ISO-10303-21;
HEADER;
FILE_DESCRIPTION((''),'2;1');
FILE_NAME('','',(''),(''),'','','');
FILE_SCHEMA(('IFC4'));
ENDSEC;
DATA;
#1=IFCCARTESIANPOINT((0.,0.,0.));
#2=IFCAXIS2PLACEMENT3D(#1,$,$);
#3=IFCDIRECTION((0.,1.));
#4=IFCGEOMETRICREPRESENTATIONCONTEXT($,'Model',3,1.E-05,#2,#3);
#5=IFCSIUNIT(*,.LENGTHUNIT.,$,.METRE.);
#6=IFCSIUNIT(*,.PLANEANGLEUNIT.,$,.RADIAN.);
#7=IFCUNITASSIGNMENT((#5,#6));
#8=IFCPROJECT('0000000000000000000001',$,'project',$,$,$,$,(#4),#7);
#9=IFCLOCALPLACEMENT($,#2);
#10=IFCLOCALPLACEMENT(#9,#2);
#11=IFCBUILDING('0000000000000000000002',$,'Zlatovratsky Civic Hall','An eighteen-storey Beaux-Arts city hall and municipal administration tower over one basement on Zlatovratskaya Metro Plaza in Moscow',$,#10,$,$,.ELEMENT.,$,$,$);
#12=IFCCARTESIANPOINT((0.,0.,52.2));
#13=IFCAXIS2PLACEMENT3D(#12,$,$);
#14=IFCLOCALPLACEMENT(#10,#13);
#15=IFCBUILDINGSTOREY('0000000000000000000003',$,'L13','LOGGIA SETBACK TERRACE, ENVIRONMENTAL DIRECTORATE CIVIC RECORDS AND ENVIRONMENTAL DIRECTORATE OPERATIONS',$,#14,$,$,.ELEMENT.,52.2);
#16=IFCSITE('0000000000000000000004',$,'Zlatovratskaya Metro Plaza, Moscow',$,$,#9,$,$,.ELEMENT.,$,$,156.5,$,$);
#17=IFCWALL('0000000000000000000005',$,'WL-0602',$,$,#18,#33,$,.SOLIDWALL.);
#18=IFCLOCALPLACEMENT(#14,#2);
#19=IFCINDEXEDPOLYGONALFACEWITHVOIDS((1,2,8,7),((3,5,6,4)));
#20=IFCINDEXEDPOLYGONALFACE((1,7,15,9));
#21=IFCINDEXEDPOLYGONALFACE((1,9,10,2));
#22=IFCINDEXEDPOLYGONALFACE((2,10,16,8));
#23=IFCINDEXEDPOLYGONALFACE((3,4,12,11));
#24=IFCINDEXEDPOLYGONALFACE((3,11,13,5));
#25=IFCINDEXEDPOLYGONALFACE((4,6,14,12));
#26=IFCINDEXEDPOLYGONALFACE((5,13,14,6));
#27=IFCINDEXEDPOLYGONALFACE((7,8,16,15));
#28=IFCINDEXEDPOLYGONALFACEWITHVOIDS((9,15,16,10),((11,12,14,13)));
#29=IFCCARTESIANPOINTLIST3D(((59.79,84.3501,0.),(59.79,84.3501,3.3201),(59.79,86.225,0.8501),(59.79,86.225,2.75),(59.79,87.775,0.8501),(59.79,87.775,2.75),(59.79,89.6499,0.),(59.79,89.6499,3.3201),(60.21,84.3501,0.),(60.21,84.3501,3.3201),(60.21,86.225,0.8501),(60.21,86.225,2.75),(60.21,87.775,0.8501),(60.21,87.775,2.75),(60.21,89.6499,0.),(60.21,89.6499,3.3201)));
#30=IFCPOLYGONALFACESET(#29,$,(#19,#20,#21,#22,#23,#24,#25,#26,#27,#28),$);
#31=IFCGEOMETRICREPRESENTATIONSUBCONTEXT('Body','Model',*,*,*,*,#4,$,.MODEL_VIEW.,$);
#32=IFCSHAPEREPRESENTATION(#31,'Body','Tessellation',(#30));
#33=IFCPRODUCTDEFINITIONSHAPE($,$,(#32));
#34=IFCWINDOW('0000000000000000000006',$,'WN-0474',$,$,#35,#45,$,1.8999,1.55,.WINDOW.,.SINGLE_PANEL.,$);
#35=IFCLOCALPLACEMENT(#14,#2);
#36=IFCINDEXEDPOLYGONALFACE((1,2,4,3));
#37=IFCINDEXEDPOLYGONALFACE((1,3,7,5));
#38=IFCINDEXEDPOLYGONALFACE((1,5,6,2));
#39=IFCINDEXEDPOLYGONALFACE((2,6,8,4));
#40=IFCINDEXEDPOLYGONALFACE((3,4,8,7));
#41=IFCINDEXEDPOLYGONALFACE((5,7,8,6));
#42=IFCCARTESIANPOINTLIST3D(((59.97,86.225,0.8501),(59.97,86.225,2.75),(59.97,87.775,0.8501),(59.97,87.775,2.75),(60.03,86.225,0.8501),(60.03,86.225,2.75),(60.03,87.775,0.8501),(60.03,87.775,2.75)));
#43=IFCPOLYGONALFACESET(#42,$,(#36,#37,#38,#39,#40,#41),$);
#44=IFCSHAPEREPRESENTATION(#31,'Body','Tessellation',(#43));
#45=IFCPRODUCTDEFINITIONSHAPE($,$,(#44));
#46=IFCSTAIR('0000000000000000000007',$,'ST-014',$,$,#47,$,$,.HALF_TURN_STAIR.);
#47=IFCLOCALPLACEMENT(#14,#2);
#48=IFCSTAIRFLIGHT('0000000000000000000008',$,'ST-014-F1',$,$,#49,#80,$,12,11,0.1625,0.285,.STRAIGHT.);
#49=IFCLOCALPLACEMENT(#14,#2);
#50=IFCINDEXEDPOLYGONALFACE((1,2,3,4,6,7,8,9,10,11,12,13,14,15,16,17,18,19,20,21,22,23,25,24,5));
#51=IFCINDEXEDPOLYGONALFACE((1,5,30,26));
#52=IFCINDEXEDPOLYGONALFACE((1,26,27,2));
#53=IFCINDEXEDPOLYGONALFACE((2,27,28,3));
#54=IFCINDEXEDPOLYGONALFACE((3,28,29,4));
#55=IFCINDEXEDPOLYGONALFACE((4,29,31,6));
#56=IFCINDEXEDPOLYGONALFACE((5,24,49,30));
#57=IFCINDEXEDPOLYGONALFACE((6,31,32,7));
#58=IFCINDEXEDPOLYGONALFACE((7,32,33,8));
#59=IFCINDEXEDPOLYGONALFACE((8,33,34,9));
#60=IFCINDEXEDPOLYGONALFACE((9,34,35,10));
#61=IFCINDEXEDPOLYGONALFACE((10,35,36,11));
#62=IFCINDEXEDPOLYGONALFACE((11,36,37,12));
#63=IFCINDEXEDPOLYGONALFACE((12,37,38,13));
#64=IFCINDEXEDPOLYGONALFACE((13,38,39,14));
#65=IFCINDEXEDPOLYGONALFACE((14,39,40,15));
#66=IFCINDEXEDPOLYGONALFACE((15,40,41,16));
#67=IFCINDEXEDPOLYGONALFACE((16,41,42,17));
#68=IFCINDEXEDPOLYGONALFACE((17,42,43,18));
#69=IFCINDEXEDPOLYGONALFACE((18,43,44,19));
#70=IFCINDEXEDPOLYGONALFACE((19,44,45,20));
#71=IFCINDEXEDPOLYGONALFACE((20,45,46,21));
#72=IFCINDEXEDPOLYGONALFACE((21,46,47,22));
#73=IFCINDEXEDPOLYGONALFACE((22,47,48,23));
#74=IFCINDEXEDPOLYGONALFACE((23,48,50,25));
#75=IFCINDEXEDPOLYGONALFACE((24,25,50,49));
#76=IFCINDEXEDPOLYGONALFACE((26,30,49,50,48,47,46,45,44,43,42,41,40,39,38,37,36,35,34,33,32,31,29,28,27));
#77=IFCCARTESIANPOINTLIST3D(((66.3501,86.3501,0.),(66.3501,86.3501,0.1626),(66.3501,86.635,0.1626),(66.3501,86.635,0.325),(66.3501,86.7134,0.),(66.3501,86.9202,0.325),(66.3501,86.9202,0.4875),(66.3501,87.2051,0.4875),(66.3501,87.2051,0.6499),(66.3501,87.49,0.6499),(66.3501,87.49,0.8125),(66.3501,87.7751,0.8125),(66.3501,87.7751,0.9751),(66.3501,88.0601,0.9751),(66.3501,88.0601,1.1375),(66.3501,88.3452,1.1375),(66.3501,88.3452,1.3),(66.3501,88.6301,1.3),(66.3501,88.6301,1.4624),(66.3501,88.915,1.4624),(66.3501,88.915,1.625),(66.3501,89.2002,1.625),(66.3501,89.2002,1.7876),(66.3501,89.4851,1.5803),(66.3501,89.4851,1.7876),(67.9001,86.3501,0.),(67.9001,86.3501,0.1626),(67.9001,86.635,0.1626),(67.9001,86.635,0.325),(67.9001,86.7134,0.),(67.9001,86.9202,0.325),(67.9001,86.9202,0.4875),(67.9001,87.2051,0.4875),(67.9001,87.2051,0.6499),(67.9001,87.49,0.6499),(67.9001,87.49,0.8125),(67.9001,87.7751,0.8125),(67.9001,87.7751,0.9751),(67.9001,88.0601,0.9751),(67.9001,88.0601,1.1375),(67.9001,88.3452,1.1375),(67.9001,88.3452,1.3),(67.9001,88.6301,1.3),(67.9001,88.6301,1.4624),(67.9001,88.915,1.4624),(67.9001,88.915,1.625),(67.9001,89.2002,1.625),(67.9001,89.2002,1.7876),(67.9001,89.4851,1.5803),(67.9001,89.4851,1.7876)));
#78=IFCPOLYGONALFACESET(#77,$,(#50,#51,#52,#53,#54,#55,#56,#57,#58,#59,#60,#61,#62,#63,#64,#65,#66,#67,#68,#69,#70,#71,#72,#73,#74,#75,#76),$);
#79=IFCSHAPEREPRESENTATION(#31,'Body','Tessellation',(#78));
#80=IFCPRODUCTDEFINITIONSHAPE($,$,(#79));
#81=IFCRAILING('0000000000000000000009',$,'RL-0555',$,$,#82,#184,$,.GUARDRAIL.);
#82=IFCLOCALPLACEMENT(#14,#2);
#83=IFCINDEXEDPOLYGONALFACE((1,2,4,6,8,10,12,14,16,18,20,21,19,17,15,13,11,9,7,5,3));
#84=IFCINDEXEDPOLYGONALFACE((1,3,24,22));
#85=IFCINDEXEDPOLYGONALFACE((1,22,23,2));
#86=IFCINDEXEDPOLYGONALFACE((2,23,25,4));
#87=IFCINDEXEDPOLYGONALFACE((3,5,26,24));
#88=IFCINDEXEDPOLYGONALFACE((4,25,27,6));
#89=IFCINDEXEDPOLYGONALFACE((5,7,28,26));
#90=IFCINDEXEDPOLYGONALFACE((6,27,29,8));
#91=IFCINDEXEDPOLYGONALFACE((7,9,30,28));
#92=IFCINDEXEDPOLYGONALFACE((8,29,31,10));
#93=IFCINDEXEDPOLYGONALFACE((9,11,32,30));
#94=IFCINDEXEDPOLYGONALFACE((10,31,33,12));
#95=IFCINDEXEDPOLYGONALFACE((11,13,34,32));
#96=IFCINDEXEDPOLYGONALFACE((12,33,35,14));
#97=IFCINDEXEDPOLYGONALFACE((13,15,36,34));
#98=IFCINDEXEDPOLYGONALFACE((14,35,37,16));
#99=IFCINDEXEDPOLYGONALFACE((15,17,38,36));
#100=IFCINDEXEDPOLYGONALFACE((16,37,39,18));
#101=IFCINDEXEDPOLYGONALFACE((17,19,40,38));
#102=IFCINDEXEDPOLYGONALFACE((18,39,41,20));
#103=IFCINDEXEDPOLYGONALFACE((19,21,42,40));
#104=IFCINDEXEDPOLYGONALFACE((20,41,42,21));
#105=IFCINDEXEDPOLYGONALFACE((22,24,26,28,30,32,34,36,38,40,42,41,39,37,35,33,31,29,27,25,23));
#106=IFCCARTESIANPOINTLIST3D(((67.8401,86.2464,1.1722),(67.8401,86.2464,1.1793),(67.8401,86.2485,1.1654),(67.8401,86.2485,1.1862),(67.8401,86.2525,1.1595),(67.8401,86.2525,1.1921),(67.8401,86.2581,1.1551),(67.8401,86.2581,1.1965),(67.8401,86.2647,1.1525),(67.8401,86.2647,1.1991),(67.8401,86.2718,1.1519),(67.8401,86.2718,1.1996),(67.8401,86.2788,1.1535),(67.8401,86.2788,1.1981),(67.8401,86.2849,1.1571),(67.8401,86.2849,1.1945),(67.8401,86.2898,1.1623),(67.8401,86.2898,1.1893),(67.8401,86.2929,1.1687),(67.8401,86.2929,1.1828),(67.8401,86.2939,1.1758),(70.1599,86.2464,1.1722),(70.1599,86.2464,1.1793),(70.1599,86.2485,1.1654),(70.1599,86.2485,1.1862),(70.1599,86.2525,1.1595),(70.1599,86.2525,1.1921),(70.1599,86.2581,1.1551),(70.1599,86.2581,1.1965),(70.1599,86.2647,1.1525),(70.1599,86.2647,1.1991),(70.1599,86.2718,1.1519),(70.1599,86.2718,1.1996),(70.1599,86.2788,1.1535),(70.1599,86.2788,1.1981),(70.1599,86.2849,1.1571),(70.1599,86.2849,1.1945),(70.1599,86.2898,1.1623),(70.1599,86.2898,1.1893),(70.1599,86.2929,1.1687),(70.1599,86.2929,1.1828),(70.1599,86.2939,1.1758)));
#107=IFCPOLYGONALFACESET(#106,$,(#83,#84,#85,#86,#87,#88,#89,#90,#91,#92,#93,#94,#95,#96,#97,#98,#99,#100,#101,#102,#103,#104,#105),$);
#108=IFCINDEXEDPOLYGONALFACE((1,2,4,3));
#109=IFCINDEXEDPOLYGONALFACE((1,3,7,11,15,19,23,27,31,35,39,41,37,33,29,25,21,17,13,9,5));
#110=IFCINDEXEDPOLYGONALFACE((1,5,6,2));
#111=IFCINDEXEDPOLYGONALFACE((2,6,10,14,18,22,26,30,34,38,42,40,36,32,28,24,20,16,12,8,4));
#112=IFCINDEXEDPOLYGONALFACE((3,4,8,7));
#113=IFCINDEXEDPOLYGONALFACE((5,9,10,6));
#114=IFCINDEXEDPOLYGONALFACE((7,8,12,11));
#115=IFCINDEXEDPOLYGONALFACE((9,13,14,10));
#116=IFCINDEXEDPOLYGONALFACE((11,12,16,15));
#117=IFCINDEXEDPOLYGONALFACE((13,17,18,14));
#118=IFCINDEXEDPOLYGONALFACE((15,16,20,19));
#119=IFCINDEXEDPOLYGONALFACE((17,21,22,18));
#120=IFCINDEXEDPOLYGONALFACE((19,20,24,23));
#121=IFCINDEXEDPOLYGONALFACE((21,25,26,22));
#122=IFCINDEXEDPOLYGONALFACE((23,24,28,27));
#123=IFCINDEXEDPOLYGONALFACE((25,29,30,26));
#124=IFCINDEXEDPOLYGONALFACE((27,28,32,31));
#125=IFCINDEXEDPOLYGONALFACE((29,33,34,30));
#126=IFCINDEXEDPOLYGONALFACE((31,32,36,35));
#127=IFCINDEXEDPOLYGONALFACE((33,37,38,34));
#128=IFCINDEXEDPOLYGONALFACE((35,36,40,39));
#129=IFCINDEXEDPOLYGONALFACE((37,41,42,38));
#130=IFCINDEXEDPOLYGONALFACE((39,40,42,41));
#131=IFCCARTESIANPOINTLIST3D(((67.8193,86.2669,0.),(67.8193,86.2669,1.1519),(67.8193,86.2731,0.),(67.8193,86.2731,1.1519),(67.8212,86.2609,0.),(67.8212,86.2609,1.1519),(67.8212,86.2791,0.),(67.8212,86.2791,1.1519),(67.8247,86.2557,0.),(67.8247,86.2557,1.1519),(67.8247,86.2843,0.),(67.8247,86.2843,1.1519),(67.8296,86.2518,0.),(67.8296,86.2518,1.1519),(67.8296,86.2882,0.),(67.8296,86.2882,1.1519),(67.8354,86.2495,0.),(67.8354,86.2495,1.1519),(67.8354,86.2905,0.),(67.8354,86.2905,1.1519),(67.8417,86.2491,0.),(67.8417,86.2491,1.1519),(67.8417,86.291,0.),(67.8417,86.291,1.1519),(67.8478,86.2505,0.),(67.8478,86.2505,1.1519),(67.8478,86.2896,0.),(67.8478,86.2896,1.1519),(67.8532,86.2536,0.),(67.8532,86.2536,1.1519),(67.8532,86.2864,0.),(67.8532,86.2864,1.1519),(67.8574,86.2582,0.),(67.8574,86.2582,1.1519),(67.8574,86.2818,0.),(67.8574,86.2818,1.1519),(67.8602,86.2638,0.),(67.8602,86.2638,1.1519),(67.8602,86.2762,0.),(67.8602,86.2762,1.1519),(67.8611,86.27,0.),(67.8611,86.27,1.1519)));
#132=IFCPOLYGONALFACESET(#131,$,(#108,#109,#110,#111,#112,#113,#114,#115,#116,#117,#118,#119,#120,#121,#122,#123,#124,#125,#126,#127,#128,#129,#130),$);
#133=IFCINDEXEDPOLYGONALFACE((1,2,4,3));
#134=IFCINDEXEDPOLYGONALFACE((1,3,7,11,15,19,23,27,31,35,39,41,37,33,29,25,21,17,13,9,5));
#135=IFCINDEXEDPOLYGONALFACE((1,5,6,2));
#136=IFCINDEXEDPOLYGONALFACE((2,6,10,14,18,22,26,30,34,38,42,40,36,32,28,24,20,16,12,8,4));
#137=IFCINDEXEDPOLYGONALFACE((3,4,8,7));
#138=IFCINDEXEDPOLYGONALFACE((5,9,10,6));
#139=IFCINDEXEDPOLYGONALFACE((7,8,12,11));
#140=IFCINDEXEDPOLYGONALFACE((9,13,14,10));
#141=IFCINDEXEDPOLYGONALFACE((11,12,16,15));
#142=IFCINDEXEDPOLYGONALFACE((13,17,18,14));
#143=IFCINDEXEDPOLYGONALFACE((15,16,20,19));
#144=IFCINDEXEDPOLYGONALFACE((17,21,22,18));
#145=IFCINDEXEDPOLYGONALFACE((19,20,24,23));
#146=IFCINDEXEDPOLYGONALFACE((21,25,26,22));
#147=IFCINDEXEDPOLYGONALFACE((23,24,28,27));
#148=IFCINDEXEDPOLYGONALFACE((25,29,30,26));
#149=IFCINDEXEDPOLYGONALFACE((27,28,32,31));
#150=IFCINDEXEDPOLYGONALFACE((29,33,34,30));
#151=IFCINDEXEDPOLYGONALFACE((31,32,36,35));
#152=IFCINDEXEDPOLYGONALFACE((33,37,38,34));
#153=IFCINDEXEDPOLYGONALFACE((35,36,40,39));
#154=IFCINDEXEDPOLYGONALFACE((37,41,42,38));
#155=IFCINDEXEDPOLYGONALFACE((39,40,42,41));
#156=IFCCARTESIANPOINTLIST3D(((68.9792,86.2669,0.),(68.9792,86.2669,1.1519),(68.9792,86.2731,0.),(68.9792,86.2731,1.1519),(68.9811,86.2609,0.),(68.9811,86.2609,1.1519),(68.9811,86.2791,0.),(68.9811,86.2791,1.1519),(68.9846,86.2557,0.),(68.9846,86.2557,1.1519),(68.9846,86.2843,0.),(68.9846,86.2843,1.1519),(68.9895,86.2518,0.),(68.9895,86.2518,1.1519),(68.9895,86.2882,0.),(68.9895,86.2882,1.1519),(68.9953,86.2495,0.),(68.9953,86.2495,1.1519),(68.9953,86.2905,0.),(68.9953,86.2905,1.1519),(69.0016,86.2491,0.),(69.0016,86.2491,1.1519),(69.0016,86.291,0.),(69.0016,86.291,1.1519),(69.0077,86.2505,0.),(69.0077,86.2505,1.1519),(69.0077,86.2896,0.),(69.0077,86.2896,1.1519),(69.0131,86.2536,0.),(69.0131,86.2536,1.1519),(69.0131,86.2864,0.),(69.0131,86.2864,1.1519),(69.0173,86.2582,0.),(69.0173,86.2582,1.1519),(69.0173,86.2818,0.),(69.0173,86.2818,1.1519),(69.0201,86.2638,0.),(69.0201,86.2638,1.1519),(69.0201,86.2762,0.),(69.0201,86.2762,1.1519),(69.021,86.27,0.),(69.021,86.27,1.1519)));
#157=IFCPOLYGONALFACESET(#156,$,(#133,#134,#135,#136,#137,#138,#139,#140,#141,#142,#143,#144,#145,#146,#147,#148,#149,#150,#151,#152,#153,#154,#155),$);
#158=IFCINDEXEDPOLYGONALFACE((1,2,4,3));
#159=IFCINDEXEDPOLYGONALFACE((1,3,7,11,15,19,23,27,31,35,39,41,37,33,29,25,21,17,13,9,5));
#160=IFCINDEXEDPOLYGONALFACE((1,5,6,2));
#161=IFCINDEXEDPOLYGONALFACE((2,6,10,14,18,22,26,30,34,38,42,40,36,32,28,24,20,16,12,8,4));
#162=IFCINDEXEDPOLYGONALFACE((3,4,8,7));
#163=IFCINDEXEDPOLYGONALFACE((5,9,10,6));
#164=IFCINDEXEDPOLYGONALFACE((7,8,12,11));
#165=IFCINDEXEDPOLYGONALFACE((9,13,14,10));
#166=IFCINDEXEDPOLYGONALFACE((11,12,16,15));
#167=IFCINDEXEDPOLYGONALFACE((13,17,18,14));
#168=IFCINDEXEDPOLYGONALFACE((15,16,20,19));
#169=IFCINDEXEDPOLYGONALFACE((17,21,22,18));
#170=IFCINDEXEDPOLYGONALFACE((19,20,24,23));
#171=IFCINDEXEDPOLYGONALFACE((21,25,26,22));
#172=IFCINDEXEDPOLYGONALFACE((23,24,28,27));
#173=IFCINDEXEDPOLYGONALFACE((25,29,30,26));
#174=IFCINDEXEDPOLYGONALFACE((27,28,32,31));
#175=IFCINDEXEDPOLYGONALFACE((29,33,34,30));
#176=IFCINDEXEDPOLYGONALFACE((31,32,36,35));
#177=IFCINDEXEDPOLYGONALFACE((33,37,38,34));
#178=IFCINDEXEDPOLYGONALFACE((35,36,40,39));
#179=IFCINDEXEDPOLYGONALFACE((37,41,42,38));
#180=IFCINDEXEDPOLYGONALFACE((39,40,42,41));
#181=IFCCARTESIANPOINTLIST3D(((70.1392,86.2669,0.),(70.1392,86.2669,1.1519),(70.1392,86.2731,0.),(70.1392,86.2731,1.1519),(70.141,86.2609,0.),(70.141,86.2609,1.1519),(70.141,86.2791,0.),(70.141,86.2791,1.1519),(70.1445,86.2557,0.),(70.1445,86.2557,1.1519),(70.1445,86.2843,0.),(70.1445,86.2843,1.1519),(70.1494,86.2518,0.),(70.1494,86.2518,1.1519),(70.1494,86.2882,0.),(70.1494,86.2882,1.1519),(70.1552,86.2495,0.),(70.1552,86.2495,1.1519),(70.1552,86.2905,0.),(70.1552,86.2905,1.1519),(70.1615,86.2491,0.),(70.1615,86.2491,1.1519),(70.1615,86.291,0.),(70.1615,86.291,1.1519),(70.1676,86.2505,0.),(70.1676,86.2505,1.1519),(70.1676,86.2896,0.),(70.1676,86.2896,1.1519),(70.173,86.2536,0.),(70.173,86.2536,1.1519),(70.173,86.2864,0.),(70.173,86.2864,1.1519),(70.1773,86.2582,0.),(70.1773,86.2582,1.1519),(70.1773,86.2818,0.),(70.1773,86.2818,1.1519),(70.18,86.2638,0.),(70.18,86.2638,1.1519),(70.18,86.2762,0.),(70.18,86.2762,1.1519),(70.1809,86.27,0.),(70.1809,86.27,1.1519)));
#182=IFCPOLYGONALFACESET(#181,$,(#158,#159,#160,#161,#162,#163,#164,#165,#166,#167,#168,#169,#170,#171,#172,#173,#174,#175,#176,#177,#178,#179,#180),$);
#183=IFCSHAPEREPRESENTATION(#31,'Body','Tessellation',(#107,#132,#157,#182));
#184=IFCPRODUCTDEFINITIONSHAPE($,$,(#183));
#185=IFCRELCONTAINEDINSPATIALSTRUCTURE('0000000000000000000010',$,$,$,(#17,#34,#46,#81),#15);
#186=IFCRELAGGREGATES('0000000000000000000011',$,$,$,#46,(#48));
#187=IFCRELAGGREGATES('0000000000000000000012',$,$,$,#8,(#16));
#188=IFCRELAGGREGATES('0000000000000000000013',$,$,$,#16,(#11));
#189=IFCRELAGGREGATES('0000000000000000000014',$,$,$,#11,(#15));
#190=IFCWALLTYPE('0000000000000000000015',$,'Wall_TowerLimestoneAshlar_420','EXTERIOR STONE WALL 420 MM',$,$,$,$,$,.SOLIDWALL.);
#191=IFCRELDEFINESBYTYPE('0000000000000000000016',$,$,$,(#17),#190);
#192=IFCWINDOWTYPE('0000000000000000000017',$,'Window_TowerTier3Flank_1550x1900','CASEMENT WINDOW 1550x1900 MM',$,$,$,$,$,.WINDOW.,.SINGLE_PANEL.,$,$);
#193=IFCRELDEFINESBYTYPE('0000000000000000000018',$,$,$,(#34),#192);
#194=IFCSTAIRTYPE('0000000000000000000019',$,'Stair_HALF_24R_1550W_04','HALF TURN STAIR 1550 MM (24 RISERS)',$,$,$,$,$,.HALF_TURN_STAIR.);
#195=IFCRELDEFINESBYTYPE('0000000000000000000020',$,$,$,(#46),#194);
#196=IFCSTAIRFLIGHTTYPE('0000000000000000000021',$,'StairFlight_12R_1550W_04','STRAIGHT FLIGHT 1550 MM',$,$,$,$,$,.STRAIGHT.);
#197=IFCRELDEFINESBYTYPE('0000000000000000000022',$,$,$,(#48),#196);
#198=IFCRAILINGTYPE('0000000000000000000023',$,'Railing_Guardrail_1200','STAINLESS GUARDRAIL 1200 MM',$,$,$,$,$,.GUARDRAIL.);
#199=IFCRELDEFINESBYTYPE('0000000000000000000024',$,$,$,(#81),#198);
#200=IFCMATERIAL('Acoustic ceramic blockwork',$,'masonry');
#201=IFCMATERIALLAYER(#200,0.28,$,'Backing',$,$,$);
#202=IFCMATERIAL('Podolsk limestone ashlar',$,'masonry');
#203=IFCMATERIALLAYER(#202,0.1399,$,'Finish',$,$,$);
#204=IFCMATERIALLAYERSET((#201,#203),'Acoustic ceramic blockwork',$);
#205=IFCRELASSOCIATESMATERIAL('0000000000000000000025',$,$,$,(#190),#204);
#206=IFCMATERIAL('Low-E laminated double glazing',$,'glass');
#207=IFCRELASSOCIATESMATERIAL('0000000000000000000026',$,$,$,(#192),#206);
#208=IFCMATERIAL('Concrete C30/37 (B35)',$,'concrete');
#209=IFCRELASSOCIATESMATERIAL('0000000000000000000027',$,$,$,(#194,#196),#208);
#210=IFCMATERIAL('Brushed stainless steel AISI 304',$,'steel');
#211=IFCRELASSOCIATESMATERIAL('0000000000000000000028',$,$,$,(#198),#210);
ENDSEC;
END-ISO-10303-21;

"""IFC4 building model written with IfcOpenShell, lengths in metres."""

from ifc_helpers import new_model, si_unit, direction, frame, frame_2d, origin, origin_2d, place, context, subcontext, project, spatial, polyline, rectangle, circle, outline, extrude, material, layer, layer_set, type_object, element, fill, aggregate, save


model = new_model("IFC4")

# Units and contexts
model_context = context("Model", 3, precision=1e-05, world=origin(), true_north=direction((0.0, 1.0)))
body_context = subcontext(model_context, "Body", "Model", "MODEL_VIEW")
ifc_project = project(units=[si_unit("LENGTHUNIT", "METRE"), si_unit("PLANEANGLEUNIT", "RADIAN")], contexts=[model_context])

# Site, building, storey
site_placement = place(None, origin())
site = spatial("IfcSite", under=ifc_project, at=site_placement, Name="Zlatovratskaya Metro Plaza, Moscow", CompositionType="ELEMENT", RefElevation=156.5)
building_placement = place(site_placement, origin())
building = spatial("IfcBuilding", under=site, at=building_placement, Name="Zlatovratsky Civic Hall", Description="An eighteen-storey Beaux-Arts city hall and municipal administration tower over one basement on Zlatovratskaya Metro Plaza in Moscow", CompositionType="ELEMENT")
storey_placement = place(building_placement, frame((0.0, 0.0, 52.2)))
storey = spatial("IfcBuildingStorey", under=building, at=storey_placement, Name="L13", Description="LOGGIA SETBACK TERRACE, ENVIRONMENTAL DIRECTORATE CIVIC RECORDS AND ENVIRONMENTAL DIRECTORATE OPERATIONS", CompositionType="ELEMENT", Elevation=52.2)

# Shared definitions
ifc_material_1 = material(Name="Acoustic ceramic blockwork", Category="masonry")

# Wall, opening, window
ifc_layer_1 = layer(ifc_material_1, 0.28, Name="Backing")
ifc_material_2 = material(Name="Podolsk limestone ashlar", Category="masonry")
ifc_layer_2 = layer(ifc_material_2, 0.1399, Name="Finish")
ifc_layer_set_1 = layer_set([ifc_layer_1, ifc_layer_2], Name="Acoustic ceramic blockwork")
wall_type_1 = type_object("IfcWallType", Name="Wall_TowerLimestoneAshlar_420", Description="EXTERIOR STONE WALL 420 MM", PredefinedType="SOLIDWALL", material=ifc_layer_set_1)
wall_1_placement = place(storey_placement, frame((60.0, 84.3501, 0.0), z_axis=(0.0, 0.0, 1.0), x_axis=(0.0, 1.0, 0.0)))
wall_1 = element("IfcWall", 1, at=wall_1_placement, inside=storey, type_object=wall_type_1, Name="WL-0602", PredefinedType="SOLIDWALL", context=body_context, shape_type="SweptSolid", body=[
    extrude(rectangle(XDim=5.2998, YDim=0.4199, at=frame_2d((2.6499, 0.0))), origin(), (0.0, 0.0, 1.0), 3.3201),
])
opening_1_placement = place(wall_1_placement, frame((1.875, 0.0, 0.8501)))
opening_1 = element("IfcOpeningElement", 2, at=opening_1_placement, cuts=wall_1, PredefinedType="OPENING", context=body_context, shape_type="SweptSolid", body=[
    extrude(rectangle(XDim=1.55, YDim=1.8999, at=frame_2d((0.7749, 0.95))), frame((0.0, 0.2249, 0.0), z_axis=(0.0, -1.0, 0.0), x_axis=(1.0, 0.0, 0.0)), (0.0, 0.0, 1.0), 0.4497),
])
ifc_material_3 = material(Name="Low-E laminated double glazing", Category="glass")
window_type = type_object("IfcWindowType", Name="Window_TowerTier3Flank_1550x1900", Description="CASEMENT WINDOW 1550x1900 MM", PartitioningType="SINGLE_PANEL", PredefinedType="WINDOW", material=ifc_material_3)
window_placement = place(opening_1_placement, origin())
window = element("IfcWindow", 3, at=window_placement, inside=storey, type_object=window_type, Name="WN-0474", OverallHeight=1.8999, OverallWidth=1.55, PartitioningType="SINGLE_PANEL", PredefinedType="WINDOW", context=body_context, shape_type="SweptSolid", body=[
    extrude(rectangle(XDim=1.55, YDim=1.8999, at=frame_2d((0.7749, 0.95))), frame((0.0, 0.03, 0.0), z_axis=(0.0, -1.0, 0.0), x_axis=(1.0, 0.0, 0.0)), (0.0, 0.0, 1.0), 0.0601),
])
fill(opening_1, window)

# Stair, stair flight
ifc_material_4 = material(Name="Concrete C30/37 (B35)", Category="concrete")
stair_type = type_object("IfcStairType", Name="Stair_HALF_24R_1550W_04", Description="HALF TURN STAIR 1550 MM (24 RISERS)", PredefinedType="HALF_TURN_STAIR", material=ifc_material_4)
stair_placement = place(storey_placement, origin())
stair = element("IfcStair", 4, at=stair_placement, inside=storey, type_object=stair_type, Name="ST-014", PredefinedType="HALF_TURN_STAIR")
stair_flight_type = type_object("IfcStairFlightType", Name="StairFlight_12R_1550W_04", Description="STRAIGHT FLIGHT 1550 MM", PredefinedType="STRAIGHT", material=ifc_material_4)
stair_flight_placement = place(storey_placement, frame((67.125, 86.3501, 0.0), z_axis=(0.0, 0.0, 1.0), x_axis=(0.0, 1.0, 0.0)))
stair_flight = element("IfcStairFlight", 5, at=stair_flight_placement, type_object=stair_flight_type, Name="ST-014-F1", NumberOfRisers=12, NumberOfTreads=11, PredefinedType="STRAIGHT", RiserHeight=0.1625, TreadLength=0.285, context=body_context, shape_type="SweptSolid", body=[
    extrude(outline(polyline([(0.0, 0.0), (0.0, 0.1626), (0.2849, 0.1626), (0.2849, 0.325), (0.5701, 0.325), (0.5701, 0.4875), (0.855, 0.4875), (0.855, 0.6499), (1.1399, 0.6499), (1.1399, 0.8125), (1.425, 0.8125), (1.425, 0.9751), (1.71, 0.9751), (1.71, 1.1375), (1.9951, 1.1375), (1.9951, 1.3), (2.28, 1.3), (2.28, 1.4624), (2.5649, 1.4624), (2.5649, 1.625), (2.8501, 1.625), (2.8501, 1.7876), (3.135, 1.7876), (3.135, 1.95), (3.135, 1.5803), (0.3633, 0.0), (0.0, 0.0)])), frame((0.0, 0.7749, 0.0), z_axis=(0.0, -1.0, 0.0), x_axis=(1.0, 0.0, 0.0)), (0.0, 0.0, 1.0), 1.55),
])
aggregate(stair, [stair_flight])

# Railing
ifc_material_5 = material(Name="Brushed stainless steel AISI 304", Category="steel")
railing_type_1 = type_object("IfcRailingType", Name="Railing_Guardrail_1200", Description="STAINLESS GUARDRAIL 1200 MM", PredefinedType="GUARDRAIL", material=ifc_material_5)
railing_1_placement = place(storey_placement, frame((67.8401, 86.27, 0.0)))
element("IfcRailing", 6, at=railing_1_placement, inside=storey, type_object=railing_type_1, Name="RL-0555", PredefinedType="GUARDRAIL", context=body_context, shape_type="SweptSolid", body=[
    extrude(circle(Radius=0.0239, at=origin_2d()), frame((0.0, 0.0, 1.1758), z_axis=(1.0, 0.0, 0.0), x_axis=(0.0, 1.0, 0.0)), (0.0, 0.0, 1.0), 2.3198),
    extrude(circle(Radius=0.021, at=origin_2d()), origin(), (0.0, 0.0, 1.0), 1.1519),
    extrude(circle(Radius=0.021, at=origin_2d()), frame((1.1599, 0.0, 0.0)), (0.0, 0.0, 1.0), 1.1519),
    extrude(circle(Radius=0.021, at=origin_2d()), frame((2.3198, 0.0, 0.0)), (0.0, 0.0, 1.0), 1.1519),
])

save(model, "model.ifc")
